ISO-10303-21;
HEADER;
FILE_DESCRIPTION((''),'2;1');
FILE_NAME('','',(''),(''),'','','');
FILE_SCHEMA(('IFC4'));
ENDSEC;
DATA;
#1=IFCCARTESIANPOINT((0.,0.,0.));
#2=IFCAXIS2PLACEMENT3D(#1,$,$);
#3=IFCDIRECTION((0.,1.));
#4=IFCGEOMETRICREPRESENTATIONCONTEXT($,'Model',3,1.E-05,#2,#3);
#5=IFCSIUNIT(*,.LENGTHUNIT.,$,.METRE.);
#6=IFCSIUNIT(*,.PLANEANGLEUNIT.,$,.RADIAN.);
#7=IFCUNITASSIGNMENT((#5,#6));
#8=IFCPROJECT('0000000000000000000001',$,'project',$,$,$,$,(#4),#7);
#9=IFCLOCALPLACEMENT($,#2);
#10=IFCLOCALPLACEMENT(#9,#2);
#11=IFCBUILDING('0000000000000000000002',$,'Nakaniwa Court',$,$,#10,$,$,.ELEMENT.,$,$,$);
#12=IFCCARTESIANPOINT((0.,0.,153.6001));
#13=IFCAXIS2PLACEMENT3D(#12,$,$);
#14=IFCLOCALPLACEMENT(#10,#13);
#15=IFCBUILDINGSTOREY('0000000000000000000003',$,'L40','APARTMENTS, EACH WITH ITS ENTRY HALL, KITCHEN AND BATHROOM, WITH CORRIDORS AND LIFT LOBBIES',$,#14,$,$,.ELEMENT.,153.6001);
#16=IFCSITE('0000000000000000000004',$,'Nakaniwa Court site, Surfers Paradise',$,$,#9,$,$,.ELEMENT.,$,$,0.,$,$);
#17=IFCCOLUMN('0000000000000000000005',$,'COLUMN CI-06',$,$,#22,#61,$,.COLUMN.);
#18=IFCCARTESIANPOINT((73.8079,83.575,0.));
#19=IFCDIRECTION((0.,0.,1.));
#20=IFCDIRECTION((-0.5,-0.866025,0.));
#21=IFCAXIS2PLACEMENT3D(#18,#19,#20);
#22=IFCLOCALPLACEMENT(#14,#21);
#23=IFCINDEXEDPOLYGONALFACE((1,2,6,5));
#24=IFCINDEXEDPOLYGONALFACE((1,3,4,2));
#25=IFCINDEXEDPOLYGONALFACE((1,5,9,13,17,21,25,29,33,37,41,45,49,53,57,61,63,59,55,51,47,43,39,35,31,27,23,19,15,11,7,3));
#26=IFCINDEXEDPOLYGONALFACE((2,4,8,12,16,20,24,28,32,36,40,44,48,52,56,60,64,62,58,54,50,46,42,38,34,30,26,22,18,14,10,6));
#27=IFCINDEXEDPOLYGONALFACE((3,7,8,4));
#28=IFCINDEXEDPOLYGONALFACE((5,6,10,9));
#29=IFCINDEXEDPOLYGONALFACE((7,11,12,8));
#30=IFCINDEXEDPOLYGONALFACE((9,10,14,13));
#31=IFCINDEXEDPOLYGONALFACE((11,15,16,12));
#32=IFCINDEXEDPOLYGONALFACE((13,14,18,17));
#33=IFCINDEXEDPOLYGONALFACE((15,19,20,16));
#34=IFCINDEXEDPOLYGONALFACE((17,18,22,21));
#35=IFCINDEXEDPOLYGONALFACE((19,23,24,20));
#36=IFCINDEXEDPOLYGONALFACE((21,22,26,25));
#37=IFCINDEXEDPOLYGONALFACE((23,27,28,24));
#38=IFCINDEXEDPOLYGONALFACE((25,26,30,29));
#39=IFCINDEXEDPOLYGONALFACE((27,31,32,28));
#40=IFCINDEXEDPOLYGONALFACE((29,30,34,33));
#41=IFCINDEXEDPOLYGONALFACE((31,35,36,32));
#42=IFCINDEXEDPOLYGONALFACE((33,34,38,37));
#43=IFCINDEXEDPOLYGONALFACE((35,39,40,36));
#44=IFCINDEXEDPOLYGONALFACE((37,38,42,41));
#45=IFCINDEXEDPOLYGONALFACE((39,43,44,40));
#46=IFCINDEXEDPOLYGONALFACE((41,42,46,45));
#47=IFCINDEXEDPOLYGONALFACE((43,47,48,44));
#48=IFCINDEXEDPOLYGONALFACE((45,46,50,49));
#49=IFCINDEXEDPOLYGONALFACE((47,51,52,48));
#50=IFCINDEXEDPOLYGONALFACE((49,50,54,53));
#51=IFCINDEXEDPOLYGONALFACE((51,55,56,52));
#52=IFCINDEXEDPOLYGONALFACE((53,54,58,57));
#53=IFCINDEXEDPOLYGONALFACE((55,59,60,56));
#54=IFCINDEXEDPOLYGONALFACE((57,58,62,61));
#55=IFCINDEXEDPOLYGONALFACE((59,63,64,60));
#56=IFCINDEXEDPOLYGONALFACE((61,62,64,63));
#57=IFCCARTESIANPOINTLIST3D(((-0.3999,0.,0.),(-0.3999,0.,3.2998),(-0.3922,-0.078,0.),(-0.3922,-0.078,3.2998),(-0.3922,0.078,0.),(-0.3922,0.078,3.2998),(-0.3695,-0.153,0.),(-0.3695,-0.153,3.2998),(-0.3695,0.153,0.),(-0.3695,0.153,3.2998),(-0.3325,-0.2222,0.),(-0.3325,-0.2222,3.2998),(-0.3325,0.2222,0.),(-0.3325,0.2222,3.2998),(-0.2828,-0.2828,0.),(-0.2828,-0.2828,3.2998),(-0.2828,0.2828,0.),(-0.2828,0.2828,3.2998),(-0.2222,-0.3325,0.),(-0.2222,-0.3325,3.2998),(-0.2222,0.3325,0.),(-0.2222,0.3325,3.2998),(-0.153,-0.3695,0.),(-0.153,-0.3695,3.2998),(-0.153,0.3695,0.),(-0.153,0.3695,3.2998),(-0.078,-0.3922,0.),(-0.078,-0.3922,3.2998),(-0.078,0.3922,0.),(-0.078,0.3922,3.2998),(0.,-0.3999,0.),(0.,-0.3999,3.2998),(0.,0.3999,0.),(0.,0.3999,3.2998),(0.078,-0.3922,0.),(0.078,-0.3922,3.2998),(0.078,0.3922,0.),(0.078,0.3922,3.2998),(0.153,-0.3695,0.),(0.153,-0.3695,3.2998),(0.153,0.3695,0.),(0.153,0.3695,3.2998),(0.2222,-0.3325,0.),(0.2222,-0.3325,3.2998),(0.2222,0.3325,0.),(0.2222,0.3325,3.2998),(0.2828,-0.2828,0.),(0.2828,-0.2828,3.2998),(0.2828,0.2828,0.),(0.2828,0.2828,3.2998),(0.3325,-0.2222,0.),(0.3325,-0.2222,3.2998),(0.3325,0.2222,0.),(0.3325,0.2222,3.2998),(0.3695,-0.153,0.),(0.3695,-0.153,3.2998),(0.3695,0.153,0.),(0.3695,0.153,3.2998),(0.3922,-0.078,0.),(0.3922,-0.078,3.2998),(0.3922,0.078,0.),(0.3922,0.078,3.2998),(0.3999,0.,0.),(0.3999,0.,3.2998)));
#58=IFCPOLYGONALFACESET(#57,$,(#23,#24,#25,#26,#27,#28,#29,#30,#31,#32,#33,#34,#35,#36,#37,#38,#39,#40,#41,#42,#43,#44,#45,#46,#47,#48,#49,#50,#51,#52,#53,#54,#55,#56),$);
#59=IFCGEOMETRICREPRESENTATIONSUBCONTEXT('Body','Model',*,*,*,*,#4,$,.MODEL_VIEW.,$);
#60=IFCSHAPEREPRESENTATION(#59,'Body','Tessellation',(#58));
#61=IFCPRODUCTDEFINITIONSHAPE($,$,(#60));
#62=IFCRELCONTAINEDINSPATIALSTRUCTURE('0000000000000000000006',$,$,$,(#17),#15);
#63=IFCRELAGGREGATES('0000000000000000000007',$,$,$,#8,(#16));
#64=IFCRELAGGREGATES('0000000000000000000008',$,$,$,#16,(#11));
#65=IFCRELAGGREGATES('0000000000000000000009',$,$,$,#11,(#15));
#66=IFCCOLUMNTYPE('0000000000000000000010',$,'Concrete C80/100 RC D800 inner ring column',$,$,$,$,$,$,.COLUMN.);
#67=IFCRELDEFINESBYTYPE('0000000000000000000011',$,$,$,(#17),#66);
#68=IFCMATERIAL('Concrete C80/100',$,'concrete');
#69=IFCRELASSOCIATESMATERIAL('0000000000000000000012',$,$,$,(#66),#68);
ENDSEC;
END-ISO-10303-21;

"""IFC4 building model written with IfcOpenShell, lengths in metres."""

from ifc_helpers import new_model, si_unit, direction, frame, origin, origin_2d, place, context, subcontext, project, spatial, circle, extrude, material, material_profile, profile_set, type_object, element, save


model = new_model("IFC4")

# Units and contexts
model_context = context("Model", 3, precision=1e-05, world=origin(), true_north=direction((0.0, 1.0)))
body_context = subcontext(model_context, "Body", "Model", "MODEL_VIEW")
ifc_project = project(units=[si_unit("LENGTHUNIT", "METRE"), si_unit("PLANEANGLEUNIT", "RADIAN")], contexts=[model_context])

# Site, building, storey
site_placement = place(None, origin())
site = spatial("IfcSite", under=ifc_project, at=site_placement, Name="Nakaniwa Court site, Surfers Paradise", CompositionType="ELEMENT", RefElevation=0.0)
building_placement = place(site_placement, origin())
building = spatial("IfcBuilding", under=site, at=building_placement, Name="Nakaniwa Court", CompositionType="ELEMENT")
storey_placement = place(building_placement, frame((0.0, 0.0, 153.6001)))
storey = spatial("IfcBuildingStorey", under=building, at=storey_placement, Name="L40", Description="APARTMENTS, EACH WITH ITS ENTRY HALL, KITCHEN AND BATHROOM, WITH CORRIDORS AND LIFT LOBBIES", CompositionType="ELEMENT", Elevation=153.6001)

# Column
ifc_material_1 = material(Name="Concrete C80/100", Category="concrete")
ifc_material_profile_1 = material_profile(ifc_material_1, circle(Radius=0.3999, at=origin_2d()), Name="Concrete C80/100 RC D800 inner ring column")
ifc_profile_set_1 = profile_set([ifc_material_profile_1], Name="Concrete C80/100")
column_type_1 = type_object("IfcColumnType", Name="Concrete C80/100 RC D800 inner ring column", PredefinedType="COLUMN", material=ifc_profile_set_1)
column_placement = place(storey_placement, frame((73.8079, 83.575, 0.0), z_axis=(0.0, 0.0, 1.0), x_axis=(-0.5, -0.866025, 0.0)))
element("IfcColumn", 1, at=column_placement, inside=storey, type_object=column_type_1, Name="COLUMN CI-06", PredefinedType="COLUMN", context=body_context, shape_type="SweptSolid", body=[
    extrude(circle(Radius=0.3999, at=origin_2d()), origin(), (0.0, 0.0, 1.0), 3.2998),
])

save(model, "model.ifc")
